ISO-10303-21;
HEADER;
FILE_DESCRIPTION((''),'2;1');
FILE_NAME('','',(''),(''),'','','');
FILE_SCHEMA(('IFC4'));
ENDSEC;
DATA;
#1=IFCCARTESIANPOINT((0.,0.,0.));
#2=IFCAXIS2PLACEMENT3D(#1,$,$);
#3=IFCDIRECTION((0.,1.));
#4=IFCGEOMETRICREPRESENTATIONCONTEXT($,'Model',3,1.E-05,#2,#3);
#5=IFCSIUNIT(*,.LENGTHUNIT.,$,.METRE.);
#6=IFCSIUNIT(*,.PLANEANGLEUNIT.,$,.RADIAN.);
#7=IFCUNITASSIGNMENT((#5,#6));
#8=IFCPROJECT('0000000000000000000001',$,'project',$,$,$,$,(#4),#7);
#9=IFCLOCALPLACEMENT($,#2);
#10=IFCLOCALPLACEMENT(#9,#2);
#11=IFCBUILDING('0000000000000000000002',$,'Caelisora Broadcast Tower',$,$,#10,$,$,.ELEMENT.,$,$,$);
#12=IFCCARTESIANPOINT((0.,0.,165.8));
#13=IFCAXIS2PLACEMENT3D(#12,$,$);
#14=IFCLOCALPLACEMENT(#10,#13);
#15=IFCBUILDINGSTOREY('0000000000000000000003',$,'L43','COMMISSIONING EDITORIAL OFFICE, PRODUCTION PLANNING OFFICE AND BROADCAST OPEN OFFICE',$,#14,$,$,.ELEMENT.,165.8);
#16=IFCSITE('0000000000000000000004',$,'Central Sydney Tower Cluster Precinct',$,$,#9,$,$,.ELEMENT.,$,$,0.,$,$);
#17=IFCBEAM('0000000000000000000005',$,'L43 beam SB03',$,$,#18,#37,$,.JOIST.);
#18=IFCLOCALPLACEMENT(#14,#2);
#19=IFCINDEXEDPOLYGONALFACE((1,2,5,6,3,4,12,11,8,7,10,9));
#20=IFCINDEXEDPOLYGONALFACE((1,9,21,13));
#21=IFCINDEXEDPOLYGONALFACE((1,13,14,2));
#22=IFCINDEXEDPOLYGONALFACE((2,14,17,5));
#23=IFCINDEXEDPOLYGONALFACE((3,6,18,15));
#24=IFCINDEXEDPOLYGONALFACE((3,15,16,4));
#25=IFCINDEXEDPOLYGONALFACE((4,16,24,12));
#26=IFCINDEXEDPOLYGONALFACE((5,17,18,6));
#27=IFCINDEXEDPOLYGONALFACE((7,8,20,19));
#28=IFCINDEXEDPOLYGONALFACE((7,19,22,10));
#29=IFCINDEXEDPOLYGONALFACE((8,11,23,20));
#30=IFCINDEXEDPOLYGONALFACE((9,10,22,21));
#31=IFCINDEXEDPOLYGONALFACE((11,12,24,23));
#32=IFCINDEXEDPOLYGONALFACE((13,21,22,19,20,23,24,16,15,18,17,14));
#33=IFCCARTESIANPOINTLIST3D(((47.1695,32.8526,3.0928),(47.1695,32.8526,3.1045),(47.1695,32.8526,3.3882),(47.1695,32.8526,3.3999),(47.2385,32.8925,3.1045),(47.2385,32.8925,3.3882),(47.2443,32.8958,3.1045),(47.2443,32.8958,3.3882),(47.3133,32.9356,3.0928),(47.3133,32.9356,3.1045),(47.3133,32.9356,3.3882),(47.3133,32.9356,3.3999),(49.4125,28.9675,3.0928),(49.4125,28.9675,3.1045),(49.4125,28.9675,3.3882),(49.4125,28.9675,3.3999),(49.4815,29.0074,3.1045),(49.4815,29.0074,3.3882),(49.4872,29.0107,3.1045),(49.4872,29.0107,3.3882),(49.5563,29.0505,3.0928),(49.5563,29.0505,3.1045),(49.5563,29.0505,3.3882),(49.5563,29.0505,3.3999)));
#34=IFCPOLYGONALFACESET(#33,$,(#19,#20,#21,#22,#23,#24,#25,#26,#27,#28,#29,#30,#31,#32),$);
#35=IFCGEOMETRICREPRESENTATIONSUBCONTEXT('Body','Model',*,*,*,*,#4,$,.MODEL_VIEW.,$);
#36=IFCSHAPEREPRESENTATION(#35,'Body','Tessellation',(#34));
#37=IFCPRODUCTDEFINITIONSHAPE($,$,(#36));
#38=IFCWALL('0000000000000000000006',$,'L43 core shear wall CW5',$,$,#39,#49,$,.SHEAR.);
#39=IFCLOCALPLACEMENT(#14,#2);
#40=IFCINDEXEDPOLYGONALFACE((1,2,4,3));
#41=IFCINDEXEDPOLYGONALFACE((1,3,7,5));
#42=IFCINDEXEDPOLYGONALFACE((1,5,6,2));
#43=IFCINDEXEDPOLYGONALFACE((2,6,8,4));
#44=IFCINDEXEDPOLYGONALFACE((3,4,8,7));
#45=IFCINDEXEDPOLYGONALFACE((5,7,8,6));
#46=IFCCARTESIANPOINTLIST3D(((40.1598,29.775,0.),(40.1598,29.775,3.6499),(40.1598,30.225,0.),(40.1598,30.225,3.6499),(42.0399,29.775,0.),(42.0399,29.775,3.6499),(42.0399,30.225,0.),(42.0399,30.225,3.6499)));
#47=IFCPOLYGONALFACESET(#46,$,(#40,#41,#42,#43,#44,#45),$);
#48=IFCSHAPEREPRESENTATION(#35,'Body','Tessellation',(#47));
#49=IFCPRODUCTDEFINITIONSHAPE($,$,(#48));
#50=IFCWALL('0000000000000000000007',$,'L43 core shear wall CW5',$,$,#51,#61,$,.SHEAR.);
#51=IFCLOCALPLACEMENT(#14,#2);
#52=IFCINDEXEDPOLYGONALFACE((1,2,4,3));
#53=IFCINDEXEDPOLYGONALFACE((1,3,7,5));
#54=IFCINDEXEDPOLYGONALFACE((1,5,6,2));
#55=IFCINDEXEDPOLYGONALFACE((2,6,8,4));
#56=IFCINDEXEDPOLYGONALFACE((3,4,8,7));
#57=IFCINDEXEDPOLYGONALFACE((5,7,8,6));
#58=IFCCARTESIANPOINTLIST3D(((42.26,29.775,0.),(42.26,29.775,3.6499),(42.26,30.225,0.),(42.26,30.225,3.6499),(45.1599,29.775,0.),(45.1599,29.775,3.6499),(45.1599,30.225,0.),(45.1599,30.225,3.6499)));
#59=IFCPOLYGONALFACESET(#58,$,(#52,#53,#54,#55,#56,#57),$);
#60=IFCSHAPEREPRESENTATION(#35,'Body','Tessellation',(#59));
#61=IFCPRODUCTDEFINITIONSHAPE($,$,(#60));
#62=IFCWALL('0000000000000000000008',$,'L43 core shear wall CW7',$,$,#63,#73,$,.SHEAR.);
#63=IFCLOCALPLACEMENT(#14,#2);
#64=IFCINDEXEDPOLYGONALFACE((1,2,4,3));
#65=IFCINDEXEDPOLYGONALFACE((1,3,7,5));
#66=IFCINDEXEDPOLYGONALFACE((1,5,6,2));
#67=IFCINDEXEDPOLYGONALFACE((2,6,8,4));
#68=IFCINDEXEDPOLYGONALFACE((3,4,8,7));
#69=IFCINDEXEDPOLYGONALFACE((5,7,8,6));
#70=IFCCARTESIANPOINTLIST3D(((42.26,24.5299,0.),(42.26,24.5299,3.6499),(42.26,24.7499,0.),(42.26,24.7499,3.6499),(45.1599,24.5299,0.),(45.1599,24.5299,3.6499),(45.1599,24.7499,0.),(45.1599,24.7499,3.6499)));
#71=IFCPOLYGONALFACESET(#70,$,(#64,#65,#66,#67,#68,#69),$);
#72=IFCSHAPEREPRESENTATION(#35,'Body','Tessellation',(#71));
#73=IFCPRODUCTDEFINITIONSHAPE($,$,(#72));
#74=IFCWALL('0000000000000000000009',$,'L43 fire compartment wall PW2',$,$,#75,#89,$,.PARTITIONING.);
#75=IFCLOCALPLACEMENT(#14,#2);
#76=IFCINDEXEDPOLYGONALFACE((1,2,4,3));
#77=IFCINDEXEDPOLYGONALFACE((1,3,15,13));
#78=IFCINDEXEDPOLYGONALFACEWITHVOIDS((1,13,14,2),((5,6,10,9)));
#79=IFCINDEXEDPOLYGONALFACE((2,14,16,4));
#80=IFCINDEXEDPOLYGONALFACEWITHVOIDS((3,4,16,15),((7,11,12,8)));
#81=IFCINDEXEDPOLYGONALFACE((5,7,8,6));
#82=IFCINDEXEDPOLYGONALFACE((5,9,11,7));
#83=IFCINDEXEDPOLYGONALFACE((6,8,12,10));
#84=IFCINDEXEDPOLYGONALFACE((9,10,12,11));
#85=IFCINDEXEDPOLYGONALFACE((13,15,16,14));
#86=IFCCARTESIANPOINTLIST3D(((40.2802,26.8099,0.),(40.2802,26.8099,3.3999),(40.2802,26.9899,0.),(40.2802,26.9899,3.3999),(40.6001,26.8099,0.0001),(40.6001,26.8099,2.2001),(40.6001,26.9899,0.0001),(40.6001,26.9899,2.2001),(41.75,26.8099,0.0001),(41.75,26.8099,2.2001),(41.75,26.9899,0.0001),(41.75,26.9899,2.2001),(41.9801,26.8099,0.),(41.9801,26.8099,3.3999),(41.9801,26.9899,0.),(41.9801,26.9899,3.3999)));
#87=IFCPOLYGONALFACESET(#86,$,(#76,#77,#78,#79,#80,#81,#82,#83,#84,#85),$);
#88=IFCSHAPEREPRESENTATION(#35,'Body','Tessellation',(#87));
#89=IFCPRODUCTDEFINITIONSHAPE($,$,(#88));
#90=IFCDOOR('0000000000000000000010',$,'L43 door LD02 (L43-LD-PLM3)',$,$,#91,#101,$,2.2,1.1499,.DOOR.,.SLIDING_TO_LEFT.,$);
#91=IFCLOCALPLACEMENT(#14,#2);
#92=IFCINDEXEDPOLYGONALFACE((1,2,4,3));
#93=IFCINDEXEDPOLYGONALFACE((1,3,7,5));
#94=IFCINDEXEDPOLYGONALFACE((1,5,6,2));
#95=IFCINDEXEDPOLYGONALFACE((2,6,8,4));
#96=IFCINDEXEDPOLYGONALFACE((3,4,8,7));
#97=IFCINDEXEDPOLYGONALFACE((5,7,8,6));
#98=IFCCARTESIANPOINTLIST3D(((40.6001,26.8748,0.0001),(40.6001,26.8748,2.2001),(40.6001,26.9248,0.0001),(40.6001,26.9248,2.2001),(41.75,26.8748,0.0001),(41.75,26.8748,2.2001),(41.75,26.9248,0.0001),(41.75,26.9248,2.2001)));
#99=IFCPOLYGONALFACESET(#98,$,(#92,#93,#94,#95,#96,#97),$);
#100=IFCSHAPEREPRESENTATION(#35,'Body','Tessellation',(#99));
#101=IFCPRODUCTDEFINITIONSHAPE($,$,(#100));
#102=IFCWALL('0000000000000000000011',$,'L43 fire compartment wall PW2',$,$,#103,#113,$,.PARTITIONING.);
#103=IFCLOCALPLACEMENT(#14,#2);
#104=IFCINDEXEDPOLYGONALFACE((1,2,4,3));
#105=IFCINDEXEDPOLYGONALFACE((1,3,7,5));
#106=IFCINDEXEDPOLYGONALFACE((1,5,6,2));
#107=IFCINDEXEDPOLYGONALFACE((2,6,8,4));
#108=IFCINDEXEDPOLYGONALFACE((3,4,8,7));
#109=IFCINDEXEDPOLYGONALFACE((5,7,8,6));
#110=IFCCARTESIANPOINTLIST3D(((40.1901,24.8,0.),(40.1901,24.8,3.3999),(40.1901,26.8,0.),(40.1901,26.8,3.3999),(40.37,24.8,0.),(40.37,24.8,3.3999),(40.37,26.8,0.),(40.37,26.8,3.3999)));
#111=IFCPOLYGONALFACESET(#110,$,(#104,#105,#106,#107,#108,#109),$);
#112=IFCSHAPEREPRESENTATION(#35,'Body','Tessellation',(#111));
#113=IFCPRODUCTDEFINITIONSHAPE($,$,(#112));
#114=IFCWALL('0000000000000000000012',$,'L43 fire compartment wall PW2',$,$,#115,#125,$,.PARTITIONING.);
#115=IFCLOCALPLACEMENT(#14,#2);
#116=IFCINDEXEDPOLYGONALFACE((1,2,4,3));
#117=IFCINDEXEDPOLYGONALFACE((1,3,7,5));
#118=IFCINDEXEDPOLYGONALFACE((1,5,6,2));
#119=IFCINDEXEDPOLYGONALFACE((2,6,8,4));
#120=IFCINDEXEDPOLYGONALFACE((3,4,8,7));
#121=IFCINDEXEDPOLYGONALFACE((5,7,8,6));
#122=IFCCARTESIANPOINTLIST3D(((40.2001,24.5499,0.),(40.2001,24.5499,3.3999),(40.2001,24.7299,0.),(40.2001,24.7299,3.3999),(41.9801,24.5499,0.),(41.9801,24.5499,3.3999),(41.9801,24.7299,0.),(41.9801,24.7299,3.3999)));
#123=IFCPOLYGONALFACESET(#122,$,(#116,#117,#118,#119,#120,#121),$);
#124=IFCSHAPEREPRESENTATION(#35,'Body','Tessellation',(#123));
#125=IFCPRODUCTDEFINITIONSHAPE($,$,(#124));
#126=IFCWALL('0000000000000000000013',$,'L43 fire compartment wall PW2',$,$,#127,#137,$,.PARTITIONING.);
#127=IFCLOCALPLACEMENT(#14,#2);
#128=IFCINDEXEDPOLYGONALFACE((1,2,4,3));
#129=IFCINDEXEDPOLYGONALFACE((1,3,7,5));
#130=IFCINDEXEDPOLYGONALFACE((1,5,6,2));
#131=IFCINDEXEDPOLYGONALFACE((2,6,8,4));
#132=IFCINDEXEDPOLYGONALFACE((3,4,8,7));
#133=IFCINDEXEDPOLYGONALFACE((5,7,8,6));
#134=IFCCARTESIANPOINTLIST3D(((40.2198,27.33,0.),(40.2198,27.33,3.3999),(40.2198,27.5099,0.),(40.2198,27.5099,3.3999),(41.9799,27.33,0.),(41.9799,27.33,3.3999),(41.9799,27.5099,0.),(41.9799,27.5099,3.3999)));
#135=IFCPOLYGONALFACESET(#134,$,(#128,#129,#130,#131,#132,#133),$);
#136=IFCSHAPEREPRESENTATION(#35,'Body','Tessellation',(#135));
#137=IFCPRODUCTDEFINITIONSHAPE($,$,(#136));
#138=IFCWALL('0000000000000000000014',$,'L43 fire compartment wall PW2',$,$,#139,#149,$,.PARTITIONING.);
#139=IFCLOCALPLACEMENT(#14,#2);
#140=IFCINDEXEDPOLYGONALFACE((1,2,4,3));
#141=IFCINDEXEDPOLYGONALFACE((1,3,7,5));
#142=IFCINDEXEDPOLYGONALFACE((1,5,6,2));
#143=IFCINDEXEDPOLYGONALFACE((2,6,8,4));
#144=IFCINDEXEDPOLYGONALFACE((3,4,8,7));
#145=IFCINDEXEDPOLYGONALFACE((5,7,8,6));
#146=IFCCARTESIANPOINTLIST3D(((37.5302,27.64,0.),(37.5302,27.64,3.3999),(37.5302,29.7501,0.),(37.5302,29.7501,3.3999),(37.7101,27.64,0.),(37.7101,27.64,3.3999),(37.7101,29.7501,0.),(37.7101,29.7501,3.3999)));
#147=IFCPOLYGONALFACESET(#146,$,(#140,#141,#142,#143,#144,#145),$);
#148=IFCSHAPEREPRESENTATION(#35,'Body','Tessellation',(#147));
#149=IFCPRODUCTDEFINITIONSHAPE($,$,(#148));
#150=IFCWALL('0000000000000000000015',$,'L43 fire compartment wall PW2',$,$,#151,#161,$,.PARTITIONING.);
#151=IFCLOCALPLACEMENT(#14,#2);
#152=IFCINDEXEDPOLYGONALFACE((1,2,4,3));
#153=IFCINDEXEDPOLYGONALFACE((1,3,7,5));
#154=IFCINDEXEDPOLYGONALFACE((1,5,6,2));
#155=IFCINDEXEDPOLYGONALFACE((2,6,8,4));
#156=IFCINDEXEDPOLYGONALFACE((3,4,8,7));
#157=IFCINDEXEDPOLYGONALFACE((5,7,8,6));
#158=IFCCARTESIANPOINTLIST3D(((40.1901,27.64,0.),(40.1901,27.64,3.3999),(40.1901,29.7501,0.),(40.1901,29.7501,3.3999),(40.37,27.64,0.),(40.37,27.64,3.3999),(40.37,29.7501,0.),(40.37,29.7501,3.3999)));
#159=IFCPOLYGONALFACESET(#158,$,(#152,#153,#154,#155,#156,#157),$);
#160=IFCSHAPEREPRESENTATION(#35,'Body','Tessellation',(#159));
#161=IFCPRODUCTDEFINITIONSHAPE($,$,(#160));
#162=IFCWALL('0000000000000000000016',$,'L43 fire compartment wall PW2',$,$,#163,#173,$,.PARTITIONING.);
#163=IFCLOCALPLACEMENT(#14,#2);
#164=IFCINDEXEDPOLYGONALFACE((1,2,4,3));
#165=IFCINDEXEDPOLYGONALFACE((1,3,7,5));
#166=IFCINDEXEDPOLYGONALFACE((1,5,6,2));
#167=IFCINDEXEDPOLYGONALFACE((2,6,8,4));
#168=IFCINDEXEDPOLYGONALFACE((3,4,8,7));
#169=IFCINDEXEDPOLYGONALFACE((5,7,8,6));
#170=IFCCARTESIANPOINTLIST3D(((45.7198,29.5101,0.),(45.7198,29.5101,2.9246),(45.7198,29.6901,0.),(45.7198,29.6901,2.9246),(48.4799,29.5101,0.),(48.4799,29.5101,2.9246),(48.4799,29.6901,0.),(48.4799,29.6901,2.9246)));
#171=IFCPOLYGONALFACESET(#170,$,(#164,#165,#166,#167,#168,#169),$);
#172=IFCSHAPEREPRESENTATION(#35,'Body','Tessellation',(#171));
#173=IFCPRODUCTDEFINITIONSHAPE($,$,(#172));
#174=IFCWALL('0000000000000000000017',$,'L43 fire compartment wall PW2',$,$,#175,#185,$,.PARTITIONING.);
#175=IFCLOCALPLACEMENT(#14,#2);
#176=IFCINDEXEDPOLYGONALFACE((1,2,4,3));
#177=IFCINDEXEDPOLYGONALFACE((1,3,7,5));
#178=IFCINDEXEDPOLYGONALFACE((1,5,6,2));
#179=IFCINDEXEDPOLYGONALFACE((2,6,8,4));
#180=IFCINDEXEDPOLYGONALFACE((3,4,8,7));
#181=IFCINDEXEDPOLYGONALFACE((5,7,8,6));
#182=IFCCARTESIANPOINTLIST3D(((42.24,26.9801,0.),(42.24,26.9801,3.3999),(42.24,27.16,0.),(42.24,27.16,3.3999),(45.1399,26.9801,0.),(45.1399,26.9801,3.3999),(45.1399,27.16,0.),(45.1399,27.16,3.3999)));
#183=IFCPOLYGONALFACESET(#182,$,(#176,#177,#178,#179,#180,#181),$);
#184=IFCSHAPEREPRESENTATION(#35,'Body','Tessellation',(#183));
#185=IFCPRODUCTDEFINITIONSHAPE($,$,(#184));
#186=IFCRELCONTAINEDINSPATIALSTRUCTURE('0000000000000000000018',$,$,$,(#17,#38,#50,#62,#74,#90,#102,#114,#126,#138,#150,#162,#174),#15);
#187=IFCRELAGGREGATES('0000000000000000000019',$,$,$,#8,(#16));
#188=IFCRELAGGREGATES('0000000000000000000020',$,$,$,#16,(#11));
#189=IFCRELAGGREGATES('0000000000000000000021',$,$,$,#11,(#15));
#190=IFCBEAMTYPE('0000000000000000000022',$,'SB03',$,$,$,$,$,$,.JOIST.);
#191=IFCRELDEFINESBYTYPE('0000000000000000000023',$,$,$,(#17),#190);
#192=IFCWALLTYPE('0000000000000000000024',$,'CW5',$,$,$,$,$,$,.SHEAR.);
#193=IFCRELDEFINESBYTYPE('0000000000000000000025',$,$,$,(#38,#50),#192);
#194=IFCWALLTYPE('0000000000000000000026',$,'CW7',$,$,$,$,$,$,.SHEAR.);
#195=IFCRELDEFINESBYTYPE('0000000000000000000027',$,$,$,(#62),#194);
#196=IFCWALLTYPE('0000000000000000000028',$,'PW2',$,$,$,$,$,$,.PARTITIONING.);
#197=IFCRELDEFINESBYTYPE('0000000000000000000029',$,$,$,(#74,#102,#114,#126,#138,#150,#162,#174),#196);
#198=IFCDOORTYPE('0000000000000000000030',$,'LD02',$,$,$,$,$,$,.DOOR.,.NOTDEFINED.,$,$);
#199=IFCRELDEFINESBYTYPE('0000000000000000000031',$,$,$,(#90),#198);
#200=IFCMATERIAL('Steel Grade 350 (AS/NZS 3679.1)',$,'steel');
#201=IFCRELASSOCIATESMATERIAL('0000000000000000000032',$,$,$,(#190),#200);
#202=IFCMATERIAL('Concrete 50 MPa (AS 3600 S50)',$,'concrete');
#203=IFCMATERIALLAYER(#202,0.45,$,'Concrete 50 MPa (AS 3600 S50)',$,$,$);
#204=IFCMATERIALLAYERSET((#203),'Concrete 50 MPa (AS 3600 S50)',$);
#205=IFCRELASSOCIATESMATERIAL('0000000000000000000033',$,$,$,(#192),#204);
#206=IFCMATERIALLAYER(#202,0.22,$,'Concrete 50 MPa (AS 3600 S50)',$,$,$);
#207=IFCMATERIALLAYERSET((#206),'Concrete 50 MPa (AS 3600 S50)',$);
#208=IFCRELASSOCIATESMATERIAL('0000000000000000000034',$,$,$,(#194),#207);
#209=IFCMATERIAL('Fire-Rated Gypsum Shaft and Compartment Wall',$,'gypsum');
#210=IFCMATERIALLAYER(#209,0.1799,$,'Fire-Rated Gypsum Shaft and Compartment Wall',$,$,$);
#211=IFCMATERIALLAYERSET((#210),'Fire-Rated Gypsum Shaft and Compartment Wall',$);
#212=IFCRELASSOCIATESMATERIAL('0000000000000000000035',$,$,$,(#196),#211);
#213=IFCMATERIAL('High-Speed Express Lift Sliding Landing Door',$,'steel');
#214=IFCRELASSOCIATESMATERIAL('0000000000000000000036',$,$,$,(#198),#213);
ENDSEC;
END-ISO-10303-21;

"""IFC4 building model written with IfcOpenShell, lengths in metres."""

from ifc_helpers import new_model, si_unit, direction, frame, frame_2d, origin, origin_2d, place, context, subcontext, project, spatial, rectangle, i_section, extrude, source, transform, mapped, material, layer, layer_set, material_profile, profile_set, type_object, element, fill, save


model = new_model("IFC4")

# Units and contexts
model_context = context("Model", 3, precision=1e-05, world=origin(), true_north=direction((0.0, 1.0)))
body_context = subcontext(model_context, "Body", "Model", "MODEL_VIEW")
ifc_project = project(units=[si_unit("LENGTHUNIT", "METRE"), si_unit("PLANEANGLEUNIT", "RADIAN")], contexts=[model_context])

# Site, building, storey
site_placement = place(None, origin())
site = spatial("IfcSite", under=ifc_project, at=site_placement, Name="Central Sydney Tower Cluster Precinct", CompositionType="ELEMENT", RefElevation=0.0)
building_placement = place(site_placement, origin())
building = spatial("IfcBuilding", under=site, at=building_placement, Name="Caelisora Broadcast Tower", CompositionType="ELEMENT")
storey_placement = place(building_placement, frame((0.0, 0.0, 165.8)))
storey = spatial("IfcBuildingStorey", under=building, at=storey_placement, Name="L43", Description="COMMISSIONING EDITORIAL OFFICE, PRODUCTION PLANNING OFFICE AND BROADCAST OPEN OFFICE", CompositionType="ELEMENT", Elevation=165.8)

# Beam
ifc_material_1 = material(Name="Steel Grade 350 (AS/NZS 3679.1)", Category="steel")
ifc_material_profile_1 = material_profile(ifc_material_1, i_section(OverallWidth=0.166, OverallDepth=0.3071, WebThickness=0.0066, FlangeThickness=0.0117, at=origin_2d()), Name="Steel Grade 350 (AS/NZS 3679.1)")
ifc_profile_set_1 = profile_set([ifc_material_profile_1], Name="Steel Grade 350 (AS/NZS 3679.1)")
beam_type_1 = type_object("IfcBeamType", Name="SB03", PredefinedType="JOIST", material=ifc_profile_set_1)
shared_shape_1 = source(origin(), body_context, "Body", "SweptSolid", [
    extrude(i_section(OverallWidth=0.166, OverallDepth=0.3071, WebThickness=0.0066, FlangeThickness=0.0117, at=origin_2d()), origin(), (0.0, 0.0, 1.0), 4.4861),
])
beam_1_placement = place(storey_placement, frame((49.4844, 29.009, 3.2463), z_axis=(-0.499985, 0.866034, 0.0), x_axis=(-0.866034, -0.499985, 0.0)))
element("IfcBeam", 1, at=beam_1_placement, inside=storey, type_object=beam_type_1, Name="L43 beam SB03", PredefinedType="JOIST", context=body_context, shape_type="MappedRepresentation", body=[
    mapped(shared_shape_1, transform((0.0, 0.0, 0.0), scale=1.0)),
])

# Walls
ifc_material_2 = material(Name="Concrete 50 MPa (AS 3600 S50)", Category="concrete")
ifc_layer_1 = layer(ifc_material_2, 0.45, Name="Concrete 50 MPa (AS 3600 S50)")
ifc_layer_set_1 = layer_set([ifc_layer_1], Name="Concrete 50 MPa (AS 3600 S50)")
wall_type_1 = type_object("IfcWallType", Name="CW5", PredefinedType="SHEAR", material=ifc_layer_set_1)
wall_1_placement = place(storey_placement, frame((40.1599, 30.0, 0.0), z_axis=(0.0, 0.0, 1.0), x_axis=(1.0, 0.0, 0.0)))
element("IfcWall", 2, at=wall_1_placement, inside=storey, type_object=wall_type_1, Name="L43 core shear wall CW5", PredefinedType="SHEAR", context=body_context, shape_type="SweptSolid", body=[
    extrude(rectangle(XDim=1.8801, YDim=0.45, at=frame_2d((0.9399, 0.0))), origin(), (0.0, 0.0, 1.0), 3.6499),
])
wall_2_placement = place(storey_placement, frame((42.26, 30.0, 0.0), z_axis=(0.0, 0.0, 1.0), x_axis=(1.0, 0.0, 0.0)))
element("IfcWall", 3, at=wall_2_placement, inside=storey, type_object=wall_type_1, Name="L43 core shear wall CW5", PredefinedType="SHEAR", context=body_context, shape_type="SweptSolid", body=[
    extrude(rectangle(XDim=2.8999, YDim=0.45, at=frame_2d((1.45, 0.0))), origin(), (0.0, 0.0, 1.0), 3.6499),
])
ifc_layer_2 = layer(ifc_material_2, 0.22, Name="Concrete 50 MPa (AS 3600 S50)")
ifc_layer_set_2 = layer_set([ifc_layer_2], Name="Concrete 50 MPa (AS 3600 S50)")
wall_type_2 = type_object("IfcWallType", Name="CW7", PredefinedType="SHEAR", material=ifc_layer_set_2)
wall_3_placement = place(storey_placement, frame((42.26, 24.6399, 0.0), z_axis=(0.0, 0.0, 1.0), x_axis=(1.0, 0.0, 0.0)))
element("IfcWall", 4, at=wall_3_placement, inside=storey, type_object=wall_type_2, Name="L43 core shear wall CW7", PredefinedType="SHEAR", context=body_context, shape_type="SweptSolid", body=[
    extrude(rectangle(XDim=2.8999, YDim=0.22, at=frame_2d((1.45, 0.0))), origin(), (0.0, 0.0, 1.0), 3.6499),
])

# Wall, opening, door
ifc_material_3 = material(Name="Fire-Rated Gypsum Shaft and Compartment Wall", Category="gypsum")
ifc_layer_3 = layer(ifc_material_3, 0.1799, Name="Fire-Rated Gypsum Shaft and Compartment Wall")
ifc_layer_set_3 = layer_set([ifc_layer_3], Name="Fire-Rated Gypsum Shaft and Compartment Wall")
wall_type_3 = type_object("IfcWallType", Name="PW2", PredefinedType="PARTITIONING", material=ifc_layer_set_3)
wall_4_placement = place(storey_placement, frame((40.28, 26.8999, 0.0), z_axis=(0.0, 0.0, 1.0), x_axis=(1.0, 0.0, 0.0)))
wall_4 = element("IfcWall", 5, at=wall_4_placement, inside=storey, type_object=wall_type_3, Name="L43 fire compartment wall PW2", PredefinedType="PARTITIONING", context=body_context, shape_type="SweptSolid", body=[
    extrude(rectangle(XDim=1.7, YDim=0.1799, at=frame_2d((0.8501, 0.0))), origin(), (0.0, 0.0, 1.0), 3.3999),
])
opening_placement = place(wall_4_placement, frame((0.3201, 0.0, 0.0)))
opening = element("IfcOpeningElement", 6, at=opening_placement, cuts=wall_4, PredefinedType="OPENING", context=body_context, shape_type="SweptSolid", body=[
    extrude(rectangle(XDim=1.1499, YDim=2.2, at=frame_2d((0.575, 1.1001))), frame((0.0, 0.1021, 0.0), z_axis=(0.0, -1.0, 0.0), x_axis=(1.0, 0.0, 0.0)), (0.0, 0.0, 1.0), 0.2039),
])
ifc_material_4 = material(Name="High-Speed Express Lift Sliding Landing Door", Category="steel")
door_type = type_object("IfcDoorType", Name="LD02", OperationType="NOTDEFINED", PredefinedType="DOOR", material=ifc_material_4)
door_placement = place(opening_placement, origin())
door = element("IfcDoor", 7, at=door_placement, inside=storey, type_object=door_type, Name="L43 door LD02 (L43-LD-PLM3)", OperationType="SLIDING_TO_LEFT", OverallHeight=2.2, OverallWidth=1.1499, PredefinedType="DOOR", context=body_context, shape_type="SweptSolid", body=[
    extrude(rectangle(XDim=1.1499, YDim=2.2, at=frame_2d((0.575, 1.1001))), frame((0.0, 0.0249, 0.0), z_axis=(0.0, -1.0, 0.0), x_axis=(1.0, 0.0, 0.0)), (0.0, 0.0, 1.0), 0.05),
])
fill(opening, door)

# Walls
wall_5_placement = place(storey_placement, frame((40.28, 24.8, 0.0), z_axis=(0.0, 0.0, 1.0), x_axis=(0.0, 1.0, 0.0)))
element("IfcWall", 8, at=wall_5_placement, inside=storey, type_object=wall_type_3, Name="L43 fire compartment wall PW2", PredefinedType="PARTITIONING", context=body_context, shape_type="SweptSolid", body=[
    extrude(rectangle(XDim=2.0, YDim=0.1799, at=frame_2d((1.0, 0.0))), origin(), (0.0, 0.0, 1.0), 3.3999),
])
wall_6_placement = place(storey_placement, frame((40.2, 24.6399, 0.0), z_axis=(0.0, 0.0, 1.0), x_axis=(1.0, 0.0, 0.0)))
element("IfcWall", 9, at=wall_6_placement, inside=storey, type_object=wall_type_3, Name="L43 fire compartment wall PW2", PredefinedType="PARTITIONING", context=body_context, shape_type="SweptSolid", body=[
    extrude(rectangle(XDim=1.78, YDim=0.1799, at=frame_2d((0.8901, 0.0))), origin(), (0.0, 0.0, 1.0), 3.3999),
])
wall_7_placement = place(storey_placement, frame((40.22, 27.4199, 0.0), z_axis=(0.0, 0.0, 1.0), x_axis=(1.0, 0.0, 0.0)))
element("IfcWall", 10, at=wall_7_placement, inside=storey, type_object=wall_type_3, Name="L43 fire compartment wall PW2", PredefinedType="PARTITIONING", context=body_context, shape_type="SweptSolid", body=[
    extrude(rectangle(XDim=1.76, YDim=0.1799, at=frame_2d((0.8799, 0.0))), origin(), (0.0, 0.0, 1.0), 3.3999),
])
for number, where, z_axis, x_axis, name in (
    (11, (37.6201, 27.6399, 0.0), (0.0, 0.0, 1.0), (0.0, 1.0, 0.0), "L43 fire compartment wall PW2"),
    (12, (40.28, 27.6399, 0.0), (0.0, 0.0, 1.0), (0.0, 1.0, 0.0), "L43 fire compartment wall PW2"),
):
    element("IfcWall", number, at=place(storey_placement, frame(where, z_axis=z_axis, x_axis=x_axis)), inside=storey, type_object=wall_type_3, Name=name, PredefinedType="PARTITIONING", context=body_context, shape_type="SweptSolid", body=[
        extrude(rectangle(XDim=2.1101, YDim=0.1799, at=frame_2d((1.0552, 0.0))), origin(), (0.0, 0.0, 1.0), 3.3999),
    ])
wall_8_placement = place(storey_placement, frame((45.72, 29.6001, 0.0), z_axis=(0.0, 0.0, 1.0), x_axis=(1.0, 0.0, 0.0)))
element("IfcWall", 13, at=wall_8_placement, inside=storey, type_object=wall_type_3, Name="L43 fire compartment wall PW2", PredefinedType="PARTITIONING", context=body_context, shape_type="SweptSolid", body=[
    extrude(rectangle(XDim=2.76, YDim=0.1799, at=frame_2d((1.3799, 0.0))), origin(), (0.0, 0.0, 1.0), 2.9246),
])
wall_9_placement = place(storey_placement, frame((42.24, 27.0701, 0.0), z_axis=(0.0, 0.0, 1.0), x_axis=(1.0, 0.0, 0.0)))
element("IfcWall", 14, at=wall_9_placement, inside=storey, type_object=wall_type_3, Name="L43 fire compartment wall PW2", PredefinedType="PARTITIONING", context=body_context, shape_type="SweptSolid", body=[
    extrude(rectangle(XDim=2.8999, YDim=0.1799, at=frame_2d((1.45, 0.0))), origin(), (0.0, 0.0, 1.0), 3.3999),
])

save(model, "model.ifc")
